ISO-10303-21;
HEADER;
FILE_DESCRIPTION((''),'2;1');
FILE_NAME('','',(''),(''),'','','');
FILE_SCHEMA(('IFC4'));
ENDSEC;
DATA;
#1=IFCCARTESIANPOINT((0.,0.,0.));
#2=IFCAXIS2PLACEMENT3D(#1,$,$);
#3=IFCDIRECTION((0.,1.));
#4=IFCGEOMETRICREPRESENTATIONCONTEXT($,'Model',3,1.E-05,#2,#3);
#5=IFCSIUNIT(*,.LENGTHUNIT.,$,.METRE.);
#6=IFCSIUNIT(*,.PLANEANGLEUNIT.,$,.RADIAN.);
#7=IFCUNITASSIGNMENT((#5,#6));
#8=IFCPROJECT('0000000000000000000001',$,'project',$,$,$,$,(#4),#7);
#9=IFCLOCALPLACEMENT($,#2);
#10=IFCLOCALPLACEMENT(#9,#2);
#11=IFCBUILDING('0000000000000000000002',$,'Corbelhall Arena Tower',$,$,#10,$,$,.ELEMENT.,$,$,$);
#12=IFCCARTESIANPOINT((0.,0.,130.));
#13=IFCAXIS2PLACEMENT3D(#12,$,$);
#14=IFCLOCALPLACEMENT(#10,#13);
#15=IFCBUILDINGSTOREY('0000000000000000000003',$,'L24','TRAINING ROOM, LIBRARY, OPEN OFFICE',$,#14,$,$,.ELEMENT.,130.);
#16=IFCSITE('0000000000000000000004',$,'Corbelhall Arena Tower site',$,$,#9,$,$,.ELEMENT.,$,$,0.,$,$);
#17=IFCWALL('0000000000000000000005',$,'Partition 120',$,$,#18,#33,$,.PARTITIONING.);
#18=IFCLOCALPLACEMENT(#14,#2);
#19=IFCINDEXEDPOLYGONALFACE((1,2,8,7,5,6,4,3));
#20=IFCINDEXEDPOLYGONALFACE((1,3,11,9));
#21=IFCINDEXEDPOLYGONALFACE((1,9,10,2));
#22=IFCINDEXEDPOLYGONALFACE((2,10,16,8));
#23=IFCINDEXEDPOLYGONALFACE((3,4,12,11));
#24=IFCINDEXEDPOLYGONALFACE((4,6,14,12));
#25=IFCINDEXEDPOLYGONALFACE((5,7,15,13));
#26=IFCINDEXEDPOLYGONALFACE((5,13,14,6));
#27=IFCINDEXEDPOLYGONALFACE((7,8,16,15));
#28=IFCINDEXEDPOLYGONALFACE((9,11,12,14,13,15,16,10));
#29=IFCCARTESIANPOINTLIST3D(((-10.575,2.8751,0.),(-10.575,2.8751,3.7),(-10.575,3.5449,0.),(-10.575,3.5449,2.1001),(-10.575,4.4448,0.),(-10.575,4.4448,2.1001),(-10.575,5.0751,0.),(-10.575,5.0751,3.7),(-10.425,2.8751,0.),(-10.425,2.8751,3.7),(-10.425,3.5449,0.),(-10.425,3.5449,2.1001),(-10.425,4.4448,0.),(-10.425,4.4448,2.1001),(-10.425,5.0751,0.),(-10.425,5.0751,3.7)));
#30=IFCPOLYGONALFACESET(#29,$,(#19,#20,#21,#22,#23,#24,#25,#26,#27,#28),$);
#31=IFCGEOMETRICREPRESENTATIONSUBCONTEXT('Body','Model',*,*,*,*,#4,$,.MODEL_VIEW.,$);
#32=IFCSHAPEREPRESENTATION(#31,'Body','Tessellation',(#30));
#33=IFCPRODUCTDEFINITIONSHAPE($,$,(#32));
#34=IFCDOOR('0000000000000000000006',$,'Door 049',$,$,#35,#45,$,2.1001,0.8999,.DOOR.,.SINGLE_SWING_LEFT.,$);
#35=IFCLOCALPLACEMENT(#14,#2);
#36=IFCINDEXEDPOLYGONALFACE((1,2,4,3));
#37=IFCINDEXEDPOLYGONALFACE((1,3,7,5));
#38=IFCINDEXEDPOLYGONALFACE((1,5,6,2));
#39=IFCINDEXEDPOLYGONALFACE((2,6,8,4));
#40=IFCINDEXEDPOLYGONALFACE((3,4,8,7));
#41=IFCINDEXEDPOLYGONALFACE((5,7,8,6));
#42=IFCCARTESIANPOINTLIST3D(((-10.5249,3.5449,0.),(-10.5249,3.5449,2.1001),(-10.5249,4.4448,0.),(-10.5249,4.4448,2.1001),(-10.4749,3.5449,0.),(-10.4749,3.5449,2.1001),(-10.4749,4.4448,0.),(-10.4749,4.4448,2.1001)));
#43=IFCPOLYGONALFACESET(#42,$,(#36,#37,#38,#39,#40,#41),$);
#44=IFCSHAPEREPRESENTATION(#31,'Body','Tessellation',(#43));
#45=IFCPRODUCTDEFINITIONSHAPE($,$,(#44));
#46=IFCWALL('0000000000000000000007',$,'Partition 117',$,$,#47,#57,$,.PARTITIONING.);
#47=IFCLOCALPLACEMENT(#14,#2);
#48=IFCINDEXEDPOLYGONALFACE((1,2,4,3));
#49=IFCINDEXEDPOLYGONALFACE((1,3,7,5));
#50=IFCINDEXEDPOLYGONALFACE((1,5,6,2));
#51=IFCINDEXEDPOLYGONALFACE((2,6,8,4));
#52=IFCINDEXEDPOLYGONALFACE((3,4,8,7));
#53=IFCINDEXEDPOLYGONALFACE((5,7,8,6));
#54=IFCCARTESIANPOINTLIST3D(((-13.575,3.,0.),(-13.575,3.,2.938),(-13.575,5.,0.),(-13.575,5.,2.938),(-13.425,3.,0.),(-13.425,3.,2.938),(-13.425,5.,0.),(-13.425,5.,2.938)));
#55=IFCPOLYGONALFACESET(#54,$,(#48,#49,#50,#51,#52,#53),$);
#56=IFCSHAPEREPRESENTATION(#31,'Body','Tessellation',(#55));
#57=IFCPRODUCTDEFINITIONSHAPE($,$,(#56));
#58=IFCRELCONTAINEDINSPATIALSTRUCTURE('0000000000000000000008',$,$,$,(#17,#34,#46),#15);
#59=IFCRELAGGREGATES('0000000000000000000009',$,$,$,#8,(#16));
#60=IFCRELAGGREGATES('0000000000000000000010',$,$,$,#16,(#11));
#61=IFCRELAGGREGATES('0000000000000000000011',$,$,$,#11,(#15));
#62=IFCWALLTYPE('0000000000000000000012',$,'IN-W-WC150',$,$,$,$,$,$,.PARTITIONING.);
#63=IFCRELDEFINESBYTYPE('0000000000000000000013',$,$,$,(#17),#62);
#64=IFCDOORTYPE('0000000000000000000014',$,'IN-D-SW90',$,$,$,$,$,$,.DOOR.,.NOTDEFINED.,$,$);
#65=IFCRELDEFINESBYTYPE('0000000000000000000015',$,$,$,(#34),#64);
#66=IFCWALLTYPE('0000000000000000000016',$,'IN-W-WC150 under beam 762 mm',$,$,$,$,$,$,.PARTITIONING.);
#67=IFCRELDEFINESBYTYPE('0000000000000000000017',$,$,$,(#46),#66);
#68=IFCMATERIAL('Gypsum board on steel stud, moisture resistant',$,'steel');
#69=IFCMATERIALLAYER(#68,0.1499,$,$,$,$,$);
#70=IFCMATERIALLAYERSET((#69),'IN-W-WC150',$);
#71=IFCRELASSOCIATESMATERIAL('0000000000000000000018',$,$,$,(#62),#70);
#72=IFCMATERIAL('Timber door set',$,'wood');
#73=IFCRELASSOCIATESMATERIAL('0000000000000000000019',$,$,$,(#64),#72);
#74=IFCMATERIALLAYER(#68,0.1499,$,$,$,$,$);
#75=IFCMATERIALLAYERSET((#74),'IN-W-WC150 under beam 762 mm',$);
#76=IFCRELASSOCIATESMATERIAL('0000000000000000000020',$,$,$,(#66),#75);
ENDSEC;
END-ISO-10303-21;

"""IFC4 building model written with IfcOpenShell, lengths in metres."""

from ifc_helpers import new_model, si_unit, direction, frame, frame_2d, origin, place, context, subcontext, project, spatial, rectangle, extrude, material, layer, layer_set, type_object, element, fill, save


model = new_model("IFC4")

# Units and contexts
model_context = context("Model", 3, precision=1e-05, world=origin(), true_north=direction((0.0, 1.0)))
body_context = subcontext(model_context, "Body", "Model", "MODEL_VIEW")
ifc_project = project(units=[si_unit("LENGTHUNIT", "METRE"), si_unit("PLANEANGLEUNIT", "RADIAN")], contexts=[model_context])

# Site, building, storey
site_placement = place(None, origin())
site = spatial("IfcSite", under=ifc_project, at=site_placement, Name="Corbelhall Arena Tower site", CompositionType="ELEMENT", RefElevation=0.0)
building_placement = place(site_placement, origin())
building = spatial("IfcBuilding", under=site, at=building_placement, Name="Corbelhall Arena Tower", CompositionType="ELEMENT")
storey_placement = place(building_placement, frame((0.0, 0.0, 130.0)))
storey = spatial("IfcBuildingStorey", under=building, at=storey_placement, Name="L24", Description="TRAINING ROOM, LIBRARY, OPEN OFFICE", CompositionType="ELEMENT", Elevation=130.0)

# Shared definitions
ifc_material_1 = material(Name="Gypsum board on steel stud, moisture resistant", Category="steel")
ifc_layer_1 = layer(ifc_material_1, 0.1499)
ifc_layer_set_1 = layer_set([ifc_layer_1], Name="IN-W-WC150")
wall_type_1 = type_object("IfcWallType", Name="IN-W-WC150", PredefinedType="PARTITIONING", material=ifc_layer_set_1)

# Wall, opening, door
wall_1_placement = place(storey_placement, frame((-10.5, 2.875, 0.0), z_axis=(0.0, 0.0, 1.0), x_axis=(0.0, 1.0, 0.0)))
wall_1 = element("IfcWall", 1, at=wall_1_placement, inside=storey, type_object=wall_type_1, Name="Partition 120", PredefinedType="PARTITIONING", context=body_context, shape_type="SweptSolid", body=[
    extrude(rectangle(XDim=2.2, YDim=0.1499, at=frame_2d((1.1001, 0.0))), origin(), (0.0, 0.0, 1.0), 3.7),
])
opening_1_placement = place(wall_1_placement, frame((0.6699, 0.0, 0.0)))
opening_1 = element("IfcOpeningElement", 2, at=opening_1_placement, cuts=wall_1, PredefinedType="OPENING", context=body_context, shape_type="SweptSolid", body=[
    extrude(rectangle(XDim=0.8999, YDim=2.1001, at=frame_2d((0.45, 1.05))), frame((0.0, 0.075, 0.0), z_axis=(0.0, -1.0, 0.0), x_axis=(1.0, 0.0, 0.0)), (0.0, 0.0, 1.0), 0.1499),
])
ifc_material_2 = material(Name="Timber door set", Category="wood")
door_type_1 = type_object("IfcDoorType", Name="IN-D-SW90", OperationType="NOTDEFINED", PredefinedType="DOOR", material=ifc_material_2)
door_1_placement = place(opening_1_placement, origin())
door_1 = element("IfcDoor", 3, at=door_1_placement, inside=storey, type_object=door_type_1, Name="Door 049", OperationType="SINGLE_SWING_LEFT", OverallHeight=2.1001, OverallWidth=0.8999, PredefinedType="DOOR", context=body_context, shape_type="SweptSolid", body=[
    extrude(rectangle(XDim=0.8999, YDim=2.1001, at=frame_2d((0.45, 1.05))), frame((0.0, 0.0249, 0.0), z_axis=(0.0, -1.0, 0.0), x_axis=(1.0, 0.0, 0.0)), (0.0, 0.0, 1.0), 0.05),
])
fill(opening_1, door_1)

# Wall
ifc_layer_2 = layer(ifc_material_1, 0.1499)
ifc_layer_set_2 = layer_set([ifc_layer_2], Name="IN-W-WC150 under beam 762 mm")
wall_type_2 = type_object("IfcWallType", Name="IN-W-WC150 under beam 762 mm", PredefinedType="PARTITIONING", material=ifc_layer_set_2)
wall_2_placement = place(storey_placement, frame((-13.5, 3.0, 0.0), z_axis=(0.0, 0.0, 1.0), x_axis=(0.0, 1.0, 0.0)))
element("IfcWall", 4, at=wall_2_placement, inside=storey, type_object=wall_type_2, Name="Partition 117", PredefinedType="PARTITIONING", context=body_context, shape_type="SweptSolid", body=[
    extrude(rectangle(XDim=2.0, YDim=0.1499, at=frame_2d((1.0, 0.0))), origin(), (0.0, 0.0, 1.0), 2.938),
])

save(model, "model.ifc")
